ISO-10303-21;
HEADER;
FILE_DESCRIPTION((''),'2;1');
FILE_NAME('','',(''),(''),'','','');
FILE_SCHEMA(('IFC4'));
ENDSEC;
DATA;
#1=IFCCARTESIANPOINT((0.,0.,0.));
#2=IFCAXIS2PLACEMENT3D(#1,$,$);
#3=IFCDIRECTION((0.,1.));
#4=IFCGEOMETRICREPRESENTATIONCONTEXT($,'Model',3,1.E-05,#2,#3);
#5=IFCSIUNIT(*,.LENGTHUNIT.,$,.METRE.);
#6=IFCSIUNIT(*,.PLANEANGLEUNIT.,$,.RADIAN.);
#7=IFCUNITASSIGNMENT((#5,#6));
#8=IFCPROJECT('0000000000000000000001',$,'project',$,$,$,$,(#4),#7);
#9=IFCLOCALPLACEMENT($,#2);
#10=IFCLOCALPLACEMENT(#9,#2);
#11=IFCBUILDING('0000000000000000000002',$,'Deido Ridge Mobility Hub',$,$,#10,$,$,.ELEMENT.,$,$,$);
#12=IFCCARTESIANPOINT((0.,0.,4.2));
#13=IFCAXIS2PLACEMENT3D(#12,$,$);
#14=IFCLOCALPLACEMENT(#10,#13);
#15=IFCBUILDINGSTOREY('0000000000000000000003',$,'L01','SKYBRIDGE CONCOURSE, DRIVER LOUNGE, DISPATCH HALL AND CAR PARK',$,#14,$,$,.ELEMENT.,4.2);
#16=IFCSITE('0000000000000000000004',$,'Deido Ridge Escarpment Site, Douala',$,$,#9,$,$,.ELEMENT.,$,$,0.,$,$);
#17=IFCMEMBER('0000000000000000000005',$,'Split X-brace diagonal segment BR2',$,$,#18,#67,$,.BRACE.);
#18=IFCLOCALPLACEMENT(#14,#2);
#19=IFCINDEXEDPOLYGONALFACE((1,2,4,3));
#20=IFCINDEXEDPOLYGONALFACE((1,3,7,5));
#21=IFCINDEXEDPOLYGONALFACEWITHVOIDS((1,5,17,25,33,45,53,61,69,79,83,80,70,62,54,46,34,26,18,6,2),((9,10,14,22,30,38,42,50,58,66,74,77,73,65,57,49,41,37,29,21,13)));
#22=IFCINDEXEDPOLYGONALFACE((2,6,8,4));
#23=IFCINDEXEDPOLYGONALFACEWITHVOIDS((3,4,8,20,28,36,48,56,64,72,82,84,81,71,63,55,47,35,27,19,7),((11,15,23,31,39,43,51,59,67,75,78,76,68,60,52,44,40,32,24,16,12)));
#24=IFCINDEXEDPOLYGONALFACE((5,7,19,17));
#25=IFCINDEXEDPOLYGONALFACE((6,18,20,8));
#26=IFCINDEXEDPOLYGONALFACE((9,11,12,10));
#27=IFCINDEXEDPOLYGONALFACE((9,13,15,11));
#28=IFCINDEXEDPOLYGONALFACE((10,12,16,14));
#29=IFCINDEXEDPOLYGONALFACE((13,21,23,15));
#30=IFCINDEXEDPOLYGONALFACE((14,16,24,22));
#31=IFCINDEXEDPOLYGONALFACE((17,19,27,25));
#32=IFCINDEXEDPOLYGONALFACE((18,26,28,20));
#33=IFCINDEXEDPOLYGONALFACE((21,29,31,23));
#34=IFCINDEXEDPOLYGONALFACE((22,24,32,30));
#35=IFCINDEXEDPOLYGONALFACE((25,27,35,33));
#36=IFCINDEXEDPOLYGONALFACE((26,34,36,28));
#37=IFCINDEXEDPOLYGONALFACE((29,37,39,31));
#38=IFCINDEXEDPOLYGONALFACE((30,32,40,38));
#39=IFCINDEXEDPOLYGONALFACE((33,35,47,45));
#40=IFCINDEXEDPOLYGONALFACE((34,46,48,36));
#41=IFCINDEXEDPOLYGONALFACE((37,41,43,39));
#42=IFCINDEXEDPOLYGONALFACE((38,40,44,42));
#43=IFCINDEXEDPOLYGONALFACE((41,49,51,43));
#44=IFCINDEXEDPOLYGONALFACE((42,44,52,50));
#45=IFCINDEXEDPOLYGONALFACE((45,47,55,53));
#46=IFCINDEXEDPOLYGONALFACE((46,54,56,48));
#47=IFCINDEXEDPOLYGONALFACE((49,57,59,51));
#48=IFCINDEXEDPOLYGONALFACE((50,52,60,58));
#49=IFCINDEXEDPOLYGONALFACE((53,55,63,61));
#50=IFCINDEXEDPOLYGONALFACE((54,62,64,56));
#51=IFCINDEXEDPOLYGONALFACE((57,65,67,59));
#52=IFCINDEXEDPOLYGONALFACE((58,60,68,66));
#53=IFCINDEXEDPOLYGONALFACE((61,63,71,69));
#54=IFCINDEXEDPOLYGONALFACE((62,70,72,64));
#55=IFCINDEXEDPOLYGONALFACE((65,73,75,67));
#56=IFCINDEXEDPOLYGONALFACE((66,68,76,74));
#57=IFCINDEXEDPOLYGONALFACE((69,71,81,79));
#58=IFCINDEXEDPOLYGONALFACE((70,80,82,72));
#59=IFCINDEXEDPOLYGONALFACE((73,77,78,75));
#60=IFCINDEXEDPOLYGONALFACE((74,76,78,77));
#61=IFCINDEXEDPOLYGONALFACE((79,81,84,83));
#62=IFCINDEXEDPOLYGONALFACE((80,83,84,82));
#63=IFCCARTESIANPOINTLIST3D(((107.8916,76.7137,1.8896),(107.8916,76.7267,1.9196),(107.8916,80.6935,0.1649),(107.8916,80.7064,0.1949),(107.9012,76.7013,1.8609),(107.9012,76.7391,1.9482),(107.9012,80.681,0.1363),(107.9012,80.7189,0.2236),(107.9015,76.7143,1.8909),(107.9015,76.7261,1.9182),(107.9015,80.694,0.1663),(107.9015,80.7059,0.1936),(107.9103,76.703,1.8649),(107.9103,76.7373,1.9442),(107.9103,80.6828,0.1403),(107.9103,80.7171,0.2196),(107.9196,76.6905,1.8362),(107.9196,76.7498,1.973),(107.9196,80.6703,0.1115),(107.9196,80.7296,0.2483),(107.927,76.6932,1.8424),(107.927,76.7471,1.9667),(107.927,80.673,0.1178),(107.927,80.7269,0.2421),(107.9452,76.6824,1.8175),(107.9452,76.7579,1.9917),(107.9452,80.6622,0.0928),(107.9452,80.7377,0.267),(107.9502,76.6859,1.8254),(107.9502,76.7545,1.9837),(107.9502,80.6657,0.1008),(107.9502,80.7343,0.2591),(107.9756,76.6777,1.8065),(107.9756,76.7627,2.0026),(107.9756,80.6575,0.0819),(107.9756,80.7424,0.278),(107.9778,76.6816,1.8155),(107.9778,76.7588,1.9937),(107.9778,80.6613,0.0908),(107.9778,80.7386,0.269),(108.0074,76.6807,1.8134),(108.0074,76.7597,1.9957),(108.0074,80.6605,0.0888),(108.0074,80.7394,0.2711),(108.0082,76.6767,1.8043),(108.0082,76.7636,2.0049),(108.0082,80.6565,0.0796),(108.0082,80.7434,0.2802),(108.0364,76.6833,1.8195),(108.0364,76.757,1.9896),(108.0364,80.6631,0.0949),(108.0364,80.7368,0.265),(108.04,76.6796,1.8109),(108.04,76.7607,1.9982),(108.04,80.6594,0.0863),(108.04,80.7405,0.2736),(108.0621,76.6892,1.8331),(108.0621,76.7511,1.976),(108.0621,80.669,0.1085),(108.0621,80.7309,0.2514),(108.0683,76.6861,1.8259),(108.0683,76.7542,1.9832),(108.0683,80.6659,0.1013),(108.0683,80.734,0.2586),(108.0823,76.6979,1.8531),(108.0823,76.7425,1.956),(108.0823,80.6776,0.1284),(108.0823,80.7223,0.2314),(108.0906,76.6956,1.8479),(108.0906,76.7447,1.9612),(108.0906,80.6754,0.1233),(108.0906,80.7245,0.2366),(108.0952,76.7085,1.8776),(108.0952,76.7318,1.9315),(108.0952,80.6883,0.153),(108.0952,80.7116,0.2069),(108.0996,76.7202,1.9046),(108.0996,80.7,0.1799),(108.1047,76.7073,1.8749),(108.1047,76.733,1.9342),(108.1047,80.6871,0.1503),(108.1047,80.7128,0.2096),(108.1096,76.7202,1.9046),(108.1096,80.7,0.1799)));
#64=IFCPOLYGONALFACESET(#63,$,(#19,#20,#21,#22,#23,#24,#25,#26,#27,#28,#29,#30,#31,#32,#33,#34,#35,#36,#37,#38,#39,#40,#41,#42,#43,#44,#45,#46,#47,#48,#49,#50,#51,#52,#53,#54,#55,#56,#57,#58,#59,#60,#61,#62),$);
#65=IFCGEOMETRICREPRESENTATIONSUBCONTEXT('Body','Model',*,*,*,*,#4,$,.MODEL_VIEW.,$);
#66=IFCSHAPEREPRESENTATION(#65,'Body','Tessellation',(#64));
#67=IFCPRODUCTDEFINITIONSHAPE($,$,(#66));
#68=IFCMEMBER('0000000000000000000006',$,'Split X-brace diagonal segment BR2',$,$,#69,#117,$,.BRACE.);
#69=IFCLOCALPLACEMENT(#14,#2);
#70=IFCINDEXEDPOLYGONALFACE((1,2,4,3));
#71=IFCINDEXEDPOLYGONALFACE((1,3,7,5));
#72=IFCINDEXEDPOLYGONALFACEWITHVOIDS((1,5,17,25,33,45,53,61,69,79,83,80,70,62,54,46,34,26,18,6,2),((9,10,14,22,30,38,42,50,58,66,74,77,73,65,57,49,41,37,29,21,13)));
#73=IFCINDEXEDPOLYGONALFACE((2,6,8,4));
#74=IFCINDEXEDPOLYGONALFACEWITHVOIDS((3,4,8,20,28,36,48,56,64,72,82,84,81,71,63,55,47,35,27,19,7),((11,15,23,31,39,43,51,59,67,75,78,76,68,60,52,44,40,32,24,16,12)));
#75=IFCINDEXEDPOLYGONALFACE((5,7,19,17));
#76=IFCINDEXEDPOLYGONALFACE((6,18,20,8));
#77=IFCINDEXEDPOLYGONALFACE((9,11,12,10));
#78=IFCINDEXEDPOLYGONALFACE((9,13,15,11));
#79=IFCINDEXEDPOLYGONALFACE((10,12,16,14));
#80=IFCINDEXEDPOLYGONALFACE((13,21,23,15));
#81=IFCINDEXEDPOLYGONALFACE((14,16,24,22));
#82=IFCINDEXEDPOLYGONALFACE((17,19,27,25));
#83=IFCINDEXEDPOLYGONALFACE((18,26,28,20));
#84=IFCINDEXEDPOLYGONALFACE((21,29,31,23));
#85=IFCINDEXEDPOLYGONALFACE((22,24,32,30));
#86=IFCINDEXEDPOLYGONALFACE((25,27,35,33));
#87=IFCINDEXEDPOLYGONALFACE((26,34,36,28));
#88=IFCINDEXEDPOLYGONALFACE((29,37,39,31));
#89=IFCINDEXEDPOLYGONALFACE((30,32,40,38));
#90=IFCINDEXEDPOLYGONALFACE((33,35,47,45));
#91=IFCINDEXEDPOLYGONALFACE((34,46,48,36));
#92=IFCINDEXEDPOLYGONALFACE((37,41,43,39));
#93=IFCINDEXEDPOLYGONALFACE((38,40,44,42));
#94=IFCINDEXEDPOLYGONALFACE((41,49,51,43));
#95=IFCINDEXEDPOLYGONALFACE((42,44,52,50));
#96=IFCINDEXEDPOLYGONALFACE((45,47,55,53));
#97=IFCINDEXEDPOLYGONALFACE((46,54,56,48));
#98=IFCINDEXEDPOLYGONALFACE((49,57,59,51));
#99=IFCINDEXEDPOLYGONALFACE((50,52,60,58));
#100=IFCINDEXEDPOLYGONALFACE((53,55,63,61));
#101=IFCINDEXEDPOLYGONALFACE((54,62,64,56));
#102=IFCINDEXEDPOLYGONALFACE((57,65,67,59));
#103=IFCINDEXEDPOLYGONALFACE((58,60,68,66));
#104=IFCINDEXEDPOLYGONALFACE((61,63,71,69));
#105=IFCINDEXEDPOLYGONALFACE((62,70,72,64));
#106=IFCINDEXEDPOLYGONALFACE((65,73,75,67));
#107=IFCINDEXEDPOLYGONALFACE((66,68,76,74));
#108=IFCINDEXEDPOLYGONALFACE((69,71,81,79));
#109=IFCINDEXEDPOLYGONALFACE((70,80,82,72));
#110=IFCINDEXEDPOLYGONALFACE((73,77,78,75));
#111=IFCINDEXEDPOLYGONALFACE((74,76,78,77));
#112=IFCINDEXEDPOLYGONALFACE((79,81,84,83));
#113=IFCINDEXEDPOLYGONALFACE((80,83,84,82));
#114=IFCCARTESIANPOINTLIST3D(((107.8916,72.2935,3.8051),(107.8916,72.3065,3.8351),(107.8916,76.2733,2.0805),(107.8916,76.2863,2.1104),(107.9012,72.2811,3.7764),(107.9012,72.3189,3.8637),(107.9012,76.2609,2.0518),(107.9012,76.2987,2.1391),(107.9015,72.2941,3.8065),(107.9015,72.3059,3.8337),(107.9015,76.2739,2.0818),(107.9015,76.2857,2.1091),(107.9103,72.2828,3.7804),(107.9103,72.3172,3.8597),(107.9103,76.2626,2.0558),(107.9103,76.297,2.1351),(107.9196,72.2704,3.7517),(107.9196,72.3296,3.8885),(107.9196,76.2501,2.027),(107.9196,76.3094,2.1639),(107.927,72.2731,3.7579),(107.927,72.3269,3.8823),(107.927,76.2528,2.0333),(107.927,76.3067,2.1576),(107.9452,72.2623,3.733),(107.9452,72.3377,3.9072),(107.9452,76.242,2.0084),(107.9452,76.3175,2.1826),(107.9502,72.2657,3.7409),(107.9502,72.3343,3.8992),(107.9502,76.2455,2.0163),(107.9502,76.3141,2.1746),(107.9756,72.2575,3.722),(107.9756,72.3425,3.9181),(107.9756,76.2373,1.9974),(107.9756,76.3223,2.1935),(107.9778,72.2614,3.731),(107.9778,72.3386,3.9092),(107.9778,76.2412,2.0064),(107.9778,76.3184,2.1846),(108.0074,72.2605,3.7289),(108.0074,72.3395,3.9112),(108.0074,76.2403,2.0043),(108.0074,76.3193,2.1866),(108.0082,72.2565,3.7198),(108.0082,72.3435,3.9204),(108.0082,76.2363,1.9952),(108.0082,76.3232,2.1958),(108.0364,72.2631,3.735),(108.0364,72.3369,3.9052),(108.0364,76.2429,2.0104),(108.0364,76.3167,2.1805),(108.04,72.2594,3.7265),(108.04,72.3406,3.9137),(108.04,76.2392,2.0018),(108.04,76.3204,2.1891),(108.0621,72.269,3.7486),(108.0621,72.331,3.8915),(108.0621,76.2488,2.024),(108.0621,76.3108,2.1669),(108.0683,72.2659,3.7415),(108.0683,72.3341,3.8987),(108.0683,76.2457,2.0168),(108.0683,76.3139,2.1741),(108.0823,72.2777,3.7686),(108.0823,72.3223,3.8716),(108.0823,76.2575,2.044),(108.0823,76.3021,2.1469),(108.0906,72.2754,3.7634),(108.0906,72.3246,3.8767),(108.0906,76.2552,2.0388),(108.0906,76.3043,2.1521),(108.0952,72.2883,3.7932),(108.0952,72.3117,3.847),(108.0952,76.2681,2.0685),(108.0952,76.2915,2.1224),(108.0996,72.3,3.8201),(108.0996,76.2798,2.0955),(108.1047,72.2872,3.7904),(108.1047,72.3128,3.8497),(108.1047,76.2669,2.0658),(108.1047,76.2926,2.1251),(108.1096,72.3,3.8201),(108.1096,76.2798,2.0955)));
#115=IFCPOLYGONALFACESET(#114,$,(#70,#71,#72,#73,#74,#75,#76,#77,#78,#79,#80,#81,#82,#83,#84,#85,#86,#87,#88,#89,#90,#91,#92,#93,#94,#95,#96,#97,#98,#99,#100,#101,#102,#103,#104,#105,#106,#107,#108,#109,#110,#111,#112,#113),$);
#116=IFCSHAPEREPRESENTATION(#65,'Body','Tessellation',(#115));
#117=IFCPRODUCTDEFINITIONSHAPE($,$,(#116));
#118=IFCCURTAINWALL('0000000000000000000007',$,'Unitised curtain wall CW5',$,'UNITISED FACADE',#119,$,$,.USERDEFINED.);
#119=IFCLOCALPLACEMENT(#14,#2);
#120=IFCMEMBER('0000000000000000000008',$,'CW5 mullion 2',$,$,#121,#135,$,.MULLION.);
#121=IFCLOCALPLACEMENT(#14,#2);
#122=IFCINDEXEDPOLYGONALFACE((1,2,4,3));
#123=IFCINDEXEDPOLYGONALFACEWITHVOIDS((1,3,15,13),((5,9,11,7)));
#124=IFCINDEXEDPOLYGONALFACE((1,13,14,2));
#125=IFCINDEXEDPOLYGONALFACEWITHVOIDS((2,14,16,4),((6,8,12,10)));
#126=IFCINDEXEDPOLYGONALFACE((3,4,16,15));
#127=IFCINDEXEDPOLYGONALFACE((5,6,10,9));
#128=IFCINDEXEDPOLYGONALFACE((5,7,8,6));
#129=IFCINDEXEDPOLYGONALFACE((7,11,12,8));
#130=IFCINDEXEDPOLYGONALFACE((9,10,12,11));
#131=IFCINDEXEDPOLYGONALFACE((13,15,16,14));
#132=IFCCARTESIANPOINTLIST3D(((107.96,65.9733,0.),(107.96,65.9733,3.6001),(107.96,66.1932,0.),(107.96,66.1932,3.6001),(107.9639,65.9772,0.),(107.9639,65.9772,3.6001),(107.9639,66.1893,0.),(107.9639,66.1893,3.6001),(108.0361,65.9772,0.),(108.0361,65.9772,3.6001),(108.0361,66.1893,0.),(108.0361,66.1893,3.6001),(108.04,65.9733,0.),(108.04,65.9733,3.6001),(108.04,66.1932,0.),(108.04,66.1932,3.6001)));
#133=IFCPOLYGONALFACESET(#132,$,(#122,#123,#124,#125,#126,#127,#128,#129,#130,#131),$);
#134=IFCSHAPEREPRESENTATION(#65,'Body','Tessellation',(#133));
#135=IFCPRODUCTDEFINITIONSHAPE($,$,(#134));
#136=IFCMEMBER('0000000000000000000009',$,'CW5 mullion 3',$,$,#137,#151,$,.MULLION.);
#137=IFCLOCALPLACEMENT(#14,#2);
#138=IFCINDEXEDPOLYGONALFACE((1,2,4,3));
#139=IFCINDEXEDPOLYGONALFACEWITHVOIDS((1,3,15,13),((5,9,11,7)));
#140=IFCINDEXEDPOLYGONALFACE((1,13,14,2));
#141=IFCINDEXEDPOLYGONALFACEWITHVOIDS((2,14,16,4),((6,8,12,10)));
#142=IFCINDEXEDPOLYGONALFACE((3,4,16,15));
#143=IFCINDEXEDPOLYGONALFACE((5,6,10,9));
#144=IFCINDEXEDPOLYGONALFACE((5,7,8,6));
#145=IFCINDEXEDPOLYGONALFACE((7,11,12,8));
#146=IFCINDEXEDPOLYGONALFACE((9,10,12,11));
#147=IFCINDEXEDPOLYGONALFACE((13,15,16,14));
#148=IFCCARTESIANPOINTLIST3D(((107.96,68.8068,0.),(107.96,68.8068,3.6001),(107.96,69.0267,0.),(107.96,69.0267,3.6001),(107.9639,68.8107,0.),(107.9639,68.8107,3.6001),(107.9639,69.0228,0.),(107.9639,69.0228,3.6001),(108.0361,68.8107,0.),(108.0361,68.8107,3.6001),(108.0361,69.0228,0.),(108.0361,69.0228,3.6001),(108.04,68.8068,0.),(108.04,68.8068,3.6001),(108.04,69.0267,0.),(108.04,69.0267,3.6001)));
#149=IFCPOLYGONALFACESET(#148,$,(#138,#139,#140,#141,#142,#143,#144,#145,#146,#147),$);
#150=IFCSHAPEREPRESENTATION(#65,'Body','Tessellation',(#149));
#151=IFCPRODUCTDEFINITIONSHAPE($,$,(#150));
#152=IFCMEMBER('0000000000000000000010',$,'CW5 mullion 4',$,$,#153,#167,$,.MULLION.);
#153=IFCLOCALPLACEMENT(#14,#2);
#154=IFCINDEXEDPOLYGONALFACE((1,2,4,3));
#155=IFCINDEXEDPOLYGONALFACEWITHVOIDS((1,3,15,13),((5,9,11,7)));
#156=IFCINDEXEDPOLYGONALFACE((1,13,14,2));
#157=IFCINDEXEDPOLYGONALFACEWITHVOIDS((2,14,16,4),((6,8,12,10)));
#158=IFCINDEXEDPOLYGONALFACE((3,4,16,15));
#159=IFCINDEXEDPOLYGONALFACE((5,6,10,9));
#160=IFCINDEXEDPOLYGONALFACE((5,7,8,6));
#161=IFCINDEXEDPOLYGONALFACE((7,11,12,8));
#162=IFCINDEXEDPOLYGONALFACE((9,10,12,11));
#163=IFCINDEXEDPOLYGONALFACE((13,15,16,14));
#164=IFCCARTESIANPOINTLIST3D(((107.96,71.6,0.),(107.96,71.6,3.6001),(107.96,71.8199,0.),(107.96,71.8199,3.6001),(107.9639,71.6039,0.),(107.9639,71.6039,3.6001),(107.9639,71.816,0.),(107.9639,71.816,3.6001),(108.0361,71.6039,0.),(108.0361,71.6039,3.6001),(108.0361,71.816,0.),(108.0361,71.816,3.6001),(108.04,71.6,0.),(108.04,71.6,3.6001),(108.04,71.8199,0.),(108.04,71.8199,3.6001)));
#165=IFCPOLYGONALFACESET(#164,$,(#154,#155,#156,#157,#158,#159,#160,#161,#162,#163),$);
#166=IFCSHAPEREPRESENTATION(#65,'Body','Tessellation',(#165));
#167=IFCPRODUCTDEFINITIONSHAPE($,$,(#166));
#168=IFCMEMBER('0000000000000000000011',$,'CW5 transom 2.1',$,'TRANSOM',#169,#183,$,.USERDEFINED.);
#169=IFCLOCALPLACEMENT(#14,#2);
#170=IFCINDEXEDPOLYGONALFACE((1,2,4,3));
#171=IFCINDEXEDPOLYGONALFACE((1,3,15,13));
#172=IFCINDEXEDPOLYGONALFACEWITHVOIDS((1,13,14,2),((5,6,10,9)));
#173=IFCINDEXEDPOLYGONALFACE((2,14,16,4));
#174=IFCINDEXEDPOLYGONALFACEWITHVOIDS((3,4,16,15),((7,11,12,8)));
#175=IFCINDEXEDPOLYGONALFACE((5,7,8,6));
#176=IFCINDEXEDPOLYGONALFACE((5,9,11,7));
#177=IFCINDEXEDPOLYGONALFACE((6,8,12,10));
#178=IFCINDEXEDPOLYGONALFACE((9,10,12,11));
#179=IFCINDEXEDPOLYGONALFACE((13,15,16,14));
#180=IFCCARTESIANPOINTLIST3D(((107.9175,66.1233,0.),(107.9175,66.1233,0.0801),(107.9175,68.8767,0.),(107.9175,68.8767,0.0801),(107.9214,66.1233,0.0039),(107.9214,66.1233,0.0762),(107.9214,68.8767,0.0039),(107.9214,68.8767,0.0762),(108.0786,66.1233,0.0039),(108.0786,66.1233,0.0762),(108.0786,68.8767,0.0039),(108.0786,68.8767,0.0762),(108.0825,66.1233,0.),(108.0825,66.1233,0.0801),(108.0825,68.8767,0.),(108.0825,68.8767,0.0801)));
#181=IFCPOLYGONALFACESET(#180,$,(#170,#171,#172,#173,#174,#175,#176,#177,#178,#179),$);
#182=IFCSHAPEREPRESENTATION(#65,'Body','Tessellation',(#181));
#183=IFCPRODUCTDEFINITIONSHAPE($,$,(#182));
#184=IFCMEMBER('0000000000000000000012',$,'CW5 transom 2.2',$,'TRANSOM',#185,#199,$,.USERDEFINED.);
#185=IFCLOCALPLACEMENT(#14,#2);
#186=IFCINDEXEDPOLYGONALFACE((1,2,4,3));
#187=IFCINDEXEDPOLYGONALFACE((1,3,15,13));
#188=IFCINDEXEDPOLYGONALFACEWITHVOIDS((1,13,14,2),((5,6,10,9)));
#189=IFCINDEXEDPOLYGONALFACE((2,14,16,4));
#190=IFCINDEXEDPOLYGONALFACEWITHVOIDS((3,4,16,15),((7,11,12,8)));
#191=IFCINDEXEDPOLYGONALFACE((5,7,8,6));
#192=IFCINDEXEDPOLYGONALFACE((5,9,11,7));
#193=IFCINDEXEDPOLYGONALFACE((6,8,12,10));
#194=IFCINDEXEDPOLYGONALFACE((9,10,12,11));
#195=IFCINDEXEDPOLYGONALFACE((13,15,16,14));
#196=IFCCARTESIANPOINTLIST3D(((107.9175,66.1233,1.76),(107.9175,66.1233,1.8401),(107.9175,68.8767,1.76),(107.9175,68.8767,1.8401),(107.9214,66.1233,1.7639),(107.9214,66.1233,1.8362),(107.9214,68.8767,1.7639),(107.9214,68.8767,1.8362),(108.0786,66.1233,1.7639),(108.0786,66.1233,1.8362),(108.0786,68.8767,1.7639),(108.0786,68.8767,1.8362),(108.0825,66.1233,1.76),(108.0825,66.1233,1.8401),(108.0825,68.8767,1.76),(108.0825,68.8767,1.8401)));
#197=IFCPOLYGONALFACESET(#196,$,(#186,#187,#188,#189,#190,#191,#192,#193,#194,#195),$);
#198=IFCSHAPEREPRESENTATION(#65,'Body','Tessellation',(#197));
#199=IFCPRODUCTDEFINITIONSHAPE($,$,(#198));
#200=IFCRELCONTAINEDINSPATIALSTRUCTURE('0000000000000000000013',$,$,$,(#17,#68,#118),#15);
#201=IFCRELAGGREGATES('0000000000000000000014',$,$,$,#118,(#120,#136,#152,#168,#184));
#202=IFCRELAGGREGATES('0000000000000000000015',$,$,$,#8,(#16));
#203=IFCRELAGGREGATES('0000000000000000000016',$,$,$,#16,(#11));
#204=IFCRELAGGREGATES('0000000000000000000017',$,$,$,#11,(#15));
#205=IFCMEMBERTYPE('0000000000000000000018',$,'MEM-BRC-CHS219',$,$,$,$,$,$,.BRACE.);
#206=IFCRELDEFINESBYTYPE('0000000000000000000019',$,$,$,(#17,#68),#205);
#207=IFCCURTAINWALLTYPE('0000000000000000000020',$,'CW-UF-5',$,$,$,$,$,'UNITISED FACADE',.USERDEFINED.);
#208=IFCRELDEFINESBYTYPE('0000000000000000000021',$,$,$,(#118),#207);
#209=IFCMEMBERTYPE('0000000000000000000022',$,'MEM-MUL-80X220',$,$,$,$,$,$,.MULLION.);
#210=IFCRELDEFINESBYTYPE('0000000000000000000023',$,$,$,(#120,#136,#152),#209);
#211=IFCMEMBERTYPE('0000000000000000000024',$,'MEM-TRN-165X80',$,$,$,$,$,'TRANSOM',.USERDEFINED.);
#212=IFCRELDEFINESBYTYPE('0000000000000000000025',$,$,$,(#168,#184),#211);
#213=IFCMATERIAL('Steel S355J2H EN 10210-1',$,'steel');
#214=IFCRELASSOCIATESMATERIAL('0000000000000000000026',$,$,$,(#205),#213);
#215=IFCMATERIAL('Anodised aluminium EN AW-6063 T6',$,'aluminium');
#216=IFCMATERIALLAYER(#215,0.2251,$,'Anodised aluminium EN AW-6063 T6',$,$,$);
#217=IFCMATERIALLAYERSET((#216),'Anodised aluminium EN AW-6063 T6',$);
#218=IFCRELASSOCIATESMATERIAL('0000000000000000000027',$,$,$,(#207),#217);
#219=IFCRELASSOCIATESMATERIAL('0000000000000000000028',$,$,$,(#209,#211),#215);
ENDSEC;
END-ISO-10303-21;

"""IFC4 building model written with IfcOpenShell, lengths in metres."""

from ifc_helpers import new_model, si_unit, direction, frame, origin, origin_2d, place, context, subcontext, project, spatial, hollow_rectangle, hollow_circle, extrude, material, layer, layer_set, material_profile, profile_set, type_object, element, aggregate, save


model = new_model("IFC4")

# Units and contexts
model_context = context("Model", 3, precision=1e-05, world=origin(), true_north=direction((0.0, 1.0)))
body_context = subcontext(model_context, "Body", "Model", "MODEL_VIEW")
ifc_project = project(units=[si_unit("LENGTHUNIT", "METRE"), si_unit("PLANEANGLEUNIT", "RADIAN")], contexts=[model_context])

# Site, building, storey
site_placement = place(None, origin())
site = spatial("IfcSite", under=ifc_project, at=site_placement, Name="Deido Ridge Escarpment Site, Douala", CompositionType="ELEMENT", RefElevation=0.0)
building_placement = place(site_placement, origin())
building = spatial("IfcBuilding", under=site, at=building_placement, Name="Deido Ridge Mobility Hub", CompositionType="ELEMENT")
storey_placement = place(building_placement, frame((0.0, 0.0, 4.2)))
storey = spatial("IfcBuildingStorey", under=building, at=storey_placement, Name="L01", Description="SKYBRIDGE CONCOURSE, DRIVER LOUNGE, DISPATCH HALL AND CAR PARK", CompositionType="ELEMENT", Elevation=4.2)

# Members
ifc_material_1 = material(Name="Steel S355J2H EN 10210-1", Category="steel")
ifc_material_profile_1 = material_profile(ifc_material_1, hollow_circle(Radius=0.1096, WallThickness=0.01, at=origin_2d()), Name="CHS 219.1x10")
ifc_profile_set_1 = profile_set([ifc_material_profile_1], Name="Steel S355J2H EN 10210-1")
member_type_1 = type_object("IfcMemberType", Name="MEM-BRC-CHS219", PredefinedType="BRACE", material=ifc_profile_set_1)
for number, where, z_axis, x_axis, name in (
    (1, (108.0, 80.7, 0.1799), (0.0, -0.917551, 0.397618), (1.0, 0.0, 0.0), "Split X-brace diagonal segment BR2"),
    (2, (108.0, 76.2798, 2.0955), (0.0, -0.917551, 0.397618), (1.0, 0.0, 0.0), "Split X-brace diagonal segment BR2"),
):
    element("IfcMember", number, at=place(storey_placement, frame(where, z_axis=z_axis, x_axis=x_axis)), inside=storey, type_object=member_type_1, Name=name, PredefinedType="BRACE", context=body_context, shape_type="SweptSolid", body=[
        extrude(hollow_circle(Radius=0.1096, WallThickness=0.01, at=origin_2d()), origin(), (0.0, 0.0, 1.0), 4.3374),
    ])

# Curtain wall, members
ifc_material_2 = material(Name="Anodised aluminium EN AW-6063 T6", Category="aluminium")
ifc_layer_1 = layer(ifc_material_2, 0.2251, Name="Anodised aluminium EN AW-6063 T6")
ifc_layer_set_1 = layer_set([ifc_layer_1], Name="Anodised aluminium EN AW-6063 T6")
curtain_wall_type = type_object("IfcCurtainWallType", Name="CW-UF-5", ElementType="UNITISED FACADE", PredefinedType="USERDEFINED", material=ifc_layer_set_1)
curtain_wall_placement = place(storey_placement, origin())
curtain_wall = element("IfcCurtainWall", 3, at=curtain_wall_placement, inside=storey, type_object=curtain_wall_type, Name="Unitised curtain wall CW5", ObjectType="UNITISED FACADE", PredefinedType="USERDEFINED")
ifc_material_profile_2 = material_profile(ifc_material_2, hollow_rectangle(XDim=0.0801, YDim=0.22, WallThickness=0.0039, at=origin_2d()), Name="RHS 80x220x4")
ifc_profile_set_2 = profile_set([ifc_material_profile_2], Name="Anodised aluminium EN AW-6063 T6")
member_type_2 = type_object("IfcMemberType", Name="MEM-MUL-80X220", PredefinedType="MULLION", material=ifc_profile_set_2)
member_1_placement = place(storey_placement, frame((108.0, 66.0833, 0.0), z_axis=(0.0, 0.0, 1.0), x_axis=(-1.0, 0.0, 0.0)))
member_1 = element("IfcMember", 4, at=member_1_placement, type_object=member_type_2, Name="CW5 mullion 2", PredefinedType="MULLION", context=body_context, shape_type="SweptSolid", body=[
    extrude(hollow_rectangle(XDim=0.0801, YDim=0.22, WallThickness=0.0039, at=origin_2d()), origin(), (0.0, 0.0, 1.0), 3.6001),
])
member_2_placement = place(storey_placement, frame((108.0, 68.9167, 0.0), z_axis=(0.0, 0.0, 1.0), x_axis=(-1.0, 0.0, 0.0)))
member_2 = element("IfcMember", 5, at=member_2_placement, type_object=member_type_2, Name="CW5 mullion 3", PredefinedType="MULLION", context=body_context, shape_type="SweptSolid", body=[
    extrude(hollow_rectangle(XDim=0.0801, YDim=0.22, WallThickness=0.0039, at=origin_2d()), origin(), (0.0, 0.0, 1.0), 3.6001),
])
member_3_placement = place(storey_placement, frame((108.0, 71.71, 0.0), z_axis=(0.0, 0.0, 1.0), x_axis=(-1.0, 0.0, 0.0)))
member_3 = element("IfcMember", 6, at=member_3_placement, type_object=member_type_2, Name="CW5 mullion 4", PredefinedType="MULLION", context=body_context, shape_type="SweptSolid", body=[
    extrude(hollow_rectangle(XDim=0.0801, YDim=0.22, WallThickness=0.0039, at=origin_2d()), origin(), (0.0, 0.0, 1.0), 3.6001),
])
ifc_material_profile_3 = material_profile(ifc_material_2, hollow_rectangle(XDim=0.165, YDim=0.0801, WallThickness=0.0039, at=origin_2d()), Name="RHS 165x80x4")
ifc_profile_set_3 = profile_set([ifc_material_profile_3], Name="Anodised aluminium EN AW-6063 T6")
member_type_3 = type_object("IfcMemberType", Name="MEM-TRN-165X80", ElementType="TRANSOM", PredefinedType="USERDEFINED", material=ifc_profile_set_3)
member_4_placement = place(storey_placement, frame((108.0, 66.1233, 0.04), z_axis=(0.0, 1.0, 0.0), x_axis=(-1.0, 0.0, 0.0)))
member_4 = element("IfcMember", 7, at=member_4_placement, type_object=member_type_3, Name="CW5 transom 2.1", ObjectType="TRANSOM", PredefinedType="USERDEFINED", context=body_context, shape_type="SweptSolid", body=[
    extrude(hollow_rectangle(XDim=0.165, YDim=0.0801, WallThickness=0.0039, at=origin_2d()), origin(), (0.0, 0.0, 1.0), 2.7534),
])
member_5_placement = place(storey_placement, frame((108.0, 66.1233, 1.8), z_axis=(0.0, 1.0, 0.0), x_axis=(-1.0, 0.0, 0.0)))
member_5 = element("IfcMember", 8, at=member_5_placement, type_object=member_type_3, Name="CW5 transom 2.2", ObjectType="TRANSOM", PredefinedType="USERDEFINED", context=body_context, shape_type="SweptSolid", body=[
    extrude(hollow_rectangle(XDim=0.165, YDim=0.0801, WallThickness=0.0039, at=origin_2d()), origin(), (0.0, 0.0, 1.0), 2.7534),
])

aggregate(curtain_wall, [member_1, member_2, member_3, member_4, member_5])

save(model, "model.ifc")
